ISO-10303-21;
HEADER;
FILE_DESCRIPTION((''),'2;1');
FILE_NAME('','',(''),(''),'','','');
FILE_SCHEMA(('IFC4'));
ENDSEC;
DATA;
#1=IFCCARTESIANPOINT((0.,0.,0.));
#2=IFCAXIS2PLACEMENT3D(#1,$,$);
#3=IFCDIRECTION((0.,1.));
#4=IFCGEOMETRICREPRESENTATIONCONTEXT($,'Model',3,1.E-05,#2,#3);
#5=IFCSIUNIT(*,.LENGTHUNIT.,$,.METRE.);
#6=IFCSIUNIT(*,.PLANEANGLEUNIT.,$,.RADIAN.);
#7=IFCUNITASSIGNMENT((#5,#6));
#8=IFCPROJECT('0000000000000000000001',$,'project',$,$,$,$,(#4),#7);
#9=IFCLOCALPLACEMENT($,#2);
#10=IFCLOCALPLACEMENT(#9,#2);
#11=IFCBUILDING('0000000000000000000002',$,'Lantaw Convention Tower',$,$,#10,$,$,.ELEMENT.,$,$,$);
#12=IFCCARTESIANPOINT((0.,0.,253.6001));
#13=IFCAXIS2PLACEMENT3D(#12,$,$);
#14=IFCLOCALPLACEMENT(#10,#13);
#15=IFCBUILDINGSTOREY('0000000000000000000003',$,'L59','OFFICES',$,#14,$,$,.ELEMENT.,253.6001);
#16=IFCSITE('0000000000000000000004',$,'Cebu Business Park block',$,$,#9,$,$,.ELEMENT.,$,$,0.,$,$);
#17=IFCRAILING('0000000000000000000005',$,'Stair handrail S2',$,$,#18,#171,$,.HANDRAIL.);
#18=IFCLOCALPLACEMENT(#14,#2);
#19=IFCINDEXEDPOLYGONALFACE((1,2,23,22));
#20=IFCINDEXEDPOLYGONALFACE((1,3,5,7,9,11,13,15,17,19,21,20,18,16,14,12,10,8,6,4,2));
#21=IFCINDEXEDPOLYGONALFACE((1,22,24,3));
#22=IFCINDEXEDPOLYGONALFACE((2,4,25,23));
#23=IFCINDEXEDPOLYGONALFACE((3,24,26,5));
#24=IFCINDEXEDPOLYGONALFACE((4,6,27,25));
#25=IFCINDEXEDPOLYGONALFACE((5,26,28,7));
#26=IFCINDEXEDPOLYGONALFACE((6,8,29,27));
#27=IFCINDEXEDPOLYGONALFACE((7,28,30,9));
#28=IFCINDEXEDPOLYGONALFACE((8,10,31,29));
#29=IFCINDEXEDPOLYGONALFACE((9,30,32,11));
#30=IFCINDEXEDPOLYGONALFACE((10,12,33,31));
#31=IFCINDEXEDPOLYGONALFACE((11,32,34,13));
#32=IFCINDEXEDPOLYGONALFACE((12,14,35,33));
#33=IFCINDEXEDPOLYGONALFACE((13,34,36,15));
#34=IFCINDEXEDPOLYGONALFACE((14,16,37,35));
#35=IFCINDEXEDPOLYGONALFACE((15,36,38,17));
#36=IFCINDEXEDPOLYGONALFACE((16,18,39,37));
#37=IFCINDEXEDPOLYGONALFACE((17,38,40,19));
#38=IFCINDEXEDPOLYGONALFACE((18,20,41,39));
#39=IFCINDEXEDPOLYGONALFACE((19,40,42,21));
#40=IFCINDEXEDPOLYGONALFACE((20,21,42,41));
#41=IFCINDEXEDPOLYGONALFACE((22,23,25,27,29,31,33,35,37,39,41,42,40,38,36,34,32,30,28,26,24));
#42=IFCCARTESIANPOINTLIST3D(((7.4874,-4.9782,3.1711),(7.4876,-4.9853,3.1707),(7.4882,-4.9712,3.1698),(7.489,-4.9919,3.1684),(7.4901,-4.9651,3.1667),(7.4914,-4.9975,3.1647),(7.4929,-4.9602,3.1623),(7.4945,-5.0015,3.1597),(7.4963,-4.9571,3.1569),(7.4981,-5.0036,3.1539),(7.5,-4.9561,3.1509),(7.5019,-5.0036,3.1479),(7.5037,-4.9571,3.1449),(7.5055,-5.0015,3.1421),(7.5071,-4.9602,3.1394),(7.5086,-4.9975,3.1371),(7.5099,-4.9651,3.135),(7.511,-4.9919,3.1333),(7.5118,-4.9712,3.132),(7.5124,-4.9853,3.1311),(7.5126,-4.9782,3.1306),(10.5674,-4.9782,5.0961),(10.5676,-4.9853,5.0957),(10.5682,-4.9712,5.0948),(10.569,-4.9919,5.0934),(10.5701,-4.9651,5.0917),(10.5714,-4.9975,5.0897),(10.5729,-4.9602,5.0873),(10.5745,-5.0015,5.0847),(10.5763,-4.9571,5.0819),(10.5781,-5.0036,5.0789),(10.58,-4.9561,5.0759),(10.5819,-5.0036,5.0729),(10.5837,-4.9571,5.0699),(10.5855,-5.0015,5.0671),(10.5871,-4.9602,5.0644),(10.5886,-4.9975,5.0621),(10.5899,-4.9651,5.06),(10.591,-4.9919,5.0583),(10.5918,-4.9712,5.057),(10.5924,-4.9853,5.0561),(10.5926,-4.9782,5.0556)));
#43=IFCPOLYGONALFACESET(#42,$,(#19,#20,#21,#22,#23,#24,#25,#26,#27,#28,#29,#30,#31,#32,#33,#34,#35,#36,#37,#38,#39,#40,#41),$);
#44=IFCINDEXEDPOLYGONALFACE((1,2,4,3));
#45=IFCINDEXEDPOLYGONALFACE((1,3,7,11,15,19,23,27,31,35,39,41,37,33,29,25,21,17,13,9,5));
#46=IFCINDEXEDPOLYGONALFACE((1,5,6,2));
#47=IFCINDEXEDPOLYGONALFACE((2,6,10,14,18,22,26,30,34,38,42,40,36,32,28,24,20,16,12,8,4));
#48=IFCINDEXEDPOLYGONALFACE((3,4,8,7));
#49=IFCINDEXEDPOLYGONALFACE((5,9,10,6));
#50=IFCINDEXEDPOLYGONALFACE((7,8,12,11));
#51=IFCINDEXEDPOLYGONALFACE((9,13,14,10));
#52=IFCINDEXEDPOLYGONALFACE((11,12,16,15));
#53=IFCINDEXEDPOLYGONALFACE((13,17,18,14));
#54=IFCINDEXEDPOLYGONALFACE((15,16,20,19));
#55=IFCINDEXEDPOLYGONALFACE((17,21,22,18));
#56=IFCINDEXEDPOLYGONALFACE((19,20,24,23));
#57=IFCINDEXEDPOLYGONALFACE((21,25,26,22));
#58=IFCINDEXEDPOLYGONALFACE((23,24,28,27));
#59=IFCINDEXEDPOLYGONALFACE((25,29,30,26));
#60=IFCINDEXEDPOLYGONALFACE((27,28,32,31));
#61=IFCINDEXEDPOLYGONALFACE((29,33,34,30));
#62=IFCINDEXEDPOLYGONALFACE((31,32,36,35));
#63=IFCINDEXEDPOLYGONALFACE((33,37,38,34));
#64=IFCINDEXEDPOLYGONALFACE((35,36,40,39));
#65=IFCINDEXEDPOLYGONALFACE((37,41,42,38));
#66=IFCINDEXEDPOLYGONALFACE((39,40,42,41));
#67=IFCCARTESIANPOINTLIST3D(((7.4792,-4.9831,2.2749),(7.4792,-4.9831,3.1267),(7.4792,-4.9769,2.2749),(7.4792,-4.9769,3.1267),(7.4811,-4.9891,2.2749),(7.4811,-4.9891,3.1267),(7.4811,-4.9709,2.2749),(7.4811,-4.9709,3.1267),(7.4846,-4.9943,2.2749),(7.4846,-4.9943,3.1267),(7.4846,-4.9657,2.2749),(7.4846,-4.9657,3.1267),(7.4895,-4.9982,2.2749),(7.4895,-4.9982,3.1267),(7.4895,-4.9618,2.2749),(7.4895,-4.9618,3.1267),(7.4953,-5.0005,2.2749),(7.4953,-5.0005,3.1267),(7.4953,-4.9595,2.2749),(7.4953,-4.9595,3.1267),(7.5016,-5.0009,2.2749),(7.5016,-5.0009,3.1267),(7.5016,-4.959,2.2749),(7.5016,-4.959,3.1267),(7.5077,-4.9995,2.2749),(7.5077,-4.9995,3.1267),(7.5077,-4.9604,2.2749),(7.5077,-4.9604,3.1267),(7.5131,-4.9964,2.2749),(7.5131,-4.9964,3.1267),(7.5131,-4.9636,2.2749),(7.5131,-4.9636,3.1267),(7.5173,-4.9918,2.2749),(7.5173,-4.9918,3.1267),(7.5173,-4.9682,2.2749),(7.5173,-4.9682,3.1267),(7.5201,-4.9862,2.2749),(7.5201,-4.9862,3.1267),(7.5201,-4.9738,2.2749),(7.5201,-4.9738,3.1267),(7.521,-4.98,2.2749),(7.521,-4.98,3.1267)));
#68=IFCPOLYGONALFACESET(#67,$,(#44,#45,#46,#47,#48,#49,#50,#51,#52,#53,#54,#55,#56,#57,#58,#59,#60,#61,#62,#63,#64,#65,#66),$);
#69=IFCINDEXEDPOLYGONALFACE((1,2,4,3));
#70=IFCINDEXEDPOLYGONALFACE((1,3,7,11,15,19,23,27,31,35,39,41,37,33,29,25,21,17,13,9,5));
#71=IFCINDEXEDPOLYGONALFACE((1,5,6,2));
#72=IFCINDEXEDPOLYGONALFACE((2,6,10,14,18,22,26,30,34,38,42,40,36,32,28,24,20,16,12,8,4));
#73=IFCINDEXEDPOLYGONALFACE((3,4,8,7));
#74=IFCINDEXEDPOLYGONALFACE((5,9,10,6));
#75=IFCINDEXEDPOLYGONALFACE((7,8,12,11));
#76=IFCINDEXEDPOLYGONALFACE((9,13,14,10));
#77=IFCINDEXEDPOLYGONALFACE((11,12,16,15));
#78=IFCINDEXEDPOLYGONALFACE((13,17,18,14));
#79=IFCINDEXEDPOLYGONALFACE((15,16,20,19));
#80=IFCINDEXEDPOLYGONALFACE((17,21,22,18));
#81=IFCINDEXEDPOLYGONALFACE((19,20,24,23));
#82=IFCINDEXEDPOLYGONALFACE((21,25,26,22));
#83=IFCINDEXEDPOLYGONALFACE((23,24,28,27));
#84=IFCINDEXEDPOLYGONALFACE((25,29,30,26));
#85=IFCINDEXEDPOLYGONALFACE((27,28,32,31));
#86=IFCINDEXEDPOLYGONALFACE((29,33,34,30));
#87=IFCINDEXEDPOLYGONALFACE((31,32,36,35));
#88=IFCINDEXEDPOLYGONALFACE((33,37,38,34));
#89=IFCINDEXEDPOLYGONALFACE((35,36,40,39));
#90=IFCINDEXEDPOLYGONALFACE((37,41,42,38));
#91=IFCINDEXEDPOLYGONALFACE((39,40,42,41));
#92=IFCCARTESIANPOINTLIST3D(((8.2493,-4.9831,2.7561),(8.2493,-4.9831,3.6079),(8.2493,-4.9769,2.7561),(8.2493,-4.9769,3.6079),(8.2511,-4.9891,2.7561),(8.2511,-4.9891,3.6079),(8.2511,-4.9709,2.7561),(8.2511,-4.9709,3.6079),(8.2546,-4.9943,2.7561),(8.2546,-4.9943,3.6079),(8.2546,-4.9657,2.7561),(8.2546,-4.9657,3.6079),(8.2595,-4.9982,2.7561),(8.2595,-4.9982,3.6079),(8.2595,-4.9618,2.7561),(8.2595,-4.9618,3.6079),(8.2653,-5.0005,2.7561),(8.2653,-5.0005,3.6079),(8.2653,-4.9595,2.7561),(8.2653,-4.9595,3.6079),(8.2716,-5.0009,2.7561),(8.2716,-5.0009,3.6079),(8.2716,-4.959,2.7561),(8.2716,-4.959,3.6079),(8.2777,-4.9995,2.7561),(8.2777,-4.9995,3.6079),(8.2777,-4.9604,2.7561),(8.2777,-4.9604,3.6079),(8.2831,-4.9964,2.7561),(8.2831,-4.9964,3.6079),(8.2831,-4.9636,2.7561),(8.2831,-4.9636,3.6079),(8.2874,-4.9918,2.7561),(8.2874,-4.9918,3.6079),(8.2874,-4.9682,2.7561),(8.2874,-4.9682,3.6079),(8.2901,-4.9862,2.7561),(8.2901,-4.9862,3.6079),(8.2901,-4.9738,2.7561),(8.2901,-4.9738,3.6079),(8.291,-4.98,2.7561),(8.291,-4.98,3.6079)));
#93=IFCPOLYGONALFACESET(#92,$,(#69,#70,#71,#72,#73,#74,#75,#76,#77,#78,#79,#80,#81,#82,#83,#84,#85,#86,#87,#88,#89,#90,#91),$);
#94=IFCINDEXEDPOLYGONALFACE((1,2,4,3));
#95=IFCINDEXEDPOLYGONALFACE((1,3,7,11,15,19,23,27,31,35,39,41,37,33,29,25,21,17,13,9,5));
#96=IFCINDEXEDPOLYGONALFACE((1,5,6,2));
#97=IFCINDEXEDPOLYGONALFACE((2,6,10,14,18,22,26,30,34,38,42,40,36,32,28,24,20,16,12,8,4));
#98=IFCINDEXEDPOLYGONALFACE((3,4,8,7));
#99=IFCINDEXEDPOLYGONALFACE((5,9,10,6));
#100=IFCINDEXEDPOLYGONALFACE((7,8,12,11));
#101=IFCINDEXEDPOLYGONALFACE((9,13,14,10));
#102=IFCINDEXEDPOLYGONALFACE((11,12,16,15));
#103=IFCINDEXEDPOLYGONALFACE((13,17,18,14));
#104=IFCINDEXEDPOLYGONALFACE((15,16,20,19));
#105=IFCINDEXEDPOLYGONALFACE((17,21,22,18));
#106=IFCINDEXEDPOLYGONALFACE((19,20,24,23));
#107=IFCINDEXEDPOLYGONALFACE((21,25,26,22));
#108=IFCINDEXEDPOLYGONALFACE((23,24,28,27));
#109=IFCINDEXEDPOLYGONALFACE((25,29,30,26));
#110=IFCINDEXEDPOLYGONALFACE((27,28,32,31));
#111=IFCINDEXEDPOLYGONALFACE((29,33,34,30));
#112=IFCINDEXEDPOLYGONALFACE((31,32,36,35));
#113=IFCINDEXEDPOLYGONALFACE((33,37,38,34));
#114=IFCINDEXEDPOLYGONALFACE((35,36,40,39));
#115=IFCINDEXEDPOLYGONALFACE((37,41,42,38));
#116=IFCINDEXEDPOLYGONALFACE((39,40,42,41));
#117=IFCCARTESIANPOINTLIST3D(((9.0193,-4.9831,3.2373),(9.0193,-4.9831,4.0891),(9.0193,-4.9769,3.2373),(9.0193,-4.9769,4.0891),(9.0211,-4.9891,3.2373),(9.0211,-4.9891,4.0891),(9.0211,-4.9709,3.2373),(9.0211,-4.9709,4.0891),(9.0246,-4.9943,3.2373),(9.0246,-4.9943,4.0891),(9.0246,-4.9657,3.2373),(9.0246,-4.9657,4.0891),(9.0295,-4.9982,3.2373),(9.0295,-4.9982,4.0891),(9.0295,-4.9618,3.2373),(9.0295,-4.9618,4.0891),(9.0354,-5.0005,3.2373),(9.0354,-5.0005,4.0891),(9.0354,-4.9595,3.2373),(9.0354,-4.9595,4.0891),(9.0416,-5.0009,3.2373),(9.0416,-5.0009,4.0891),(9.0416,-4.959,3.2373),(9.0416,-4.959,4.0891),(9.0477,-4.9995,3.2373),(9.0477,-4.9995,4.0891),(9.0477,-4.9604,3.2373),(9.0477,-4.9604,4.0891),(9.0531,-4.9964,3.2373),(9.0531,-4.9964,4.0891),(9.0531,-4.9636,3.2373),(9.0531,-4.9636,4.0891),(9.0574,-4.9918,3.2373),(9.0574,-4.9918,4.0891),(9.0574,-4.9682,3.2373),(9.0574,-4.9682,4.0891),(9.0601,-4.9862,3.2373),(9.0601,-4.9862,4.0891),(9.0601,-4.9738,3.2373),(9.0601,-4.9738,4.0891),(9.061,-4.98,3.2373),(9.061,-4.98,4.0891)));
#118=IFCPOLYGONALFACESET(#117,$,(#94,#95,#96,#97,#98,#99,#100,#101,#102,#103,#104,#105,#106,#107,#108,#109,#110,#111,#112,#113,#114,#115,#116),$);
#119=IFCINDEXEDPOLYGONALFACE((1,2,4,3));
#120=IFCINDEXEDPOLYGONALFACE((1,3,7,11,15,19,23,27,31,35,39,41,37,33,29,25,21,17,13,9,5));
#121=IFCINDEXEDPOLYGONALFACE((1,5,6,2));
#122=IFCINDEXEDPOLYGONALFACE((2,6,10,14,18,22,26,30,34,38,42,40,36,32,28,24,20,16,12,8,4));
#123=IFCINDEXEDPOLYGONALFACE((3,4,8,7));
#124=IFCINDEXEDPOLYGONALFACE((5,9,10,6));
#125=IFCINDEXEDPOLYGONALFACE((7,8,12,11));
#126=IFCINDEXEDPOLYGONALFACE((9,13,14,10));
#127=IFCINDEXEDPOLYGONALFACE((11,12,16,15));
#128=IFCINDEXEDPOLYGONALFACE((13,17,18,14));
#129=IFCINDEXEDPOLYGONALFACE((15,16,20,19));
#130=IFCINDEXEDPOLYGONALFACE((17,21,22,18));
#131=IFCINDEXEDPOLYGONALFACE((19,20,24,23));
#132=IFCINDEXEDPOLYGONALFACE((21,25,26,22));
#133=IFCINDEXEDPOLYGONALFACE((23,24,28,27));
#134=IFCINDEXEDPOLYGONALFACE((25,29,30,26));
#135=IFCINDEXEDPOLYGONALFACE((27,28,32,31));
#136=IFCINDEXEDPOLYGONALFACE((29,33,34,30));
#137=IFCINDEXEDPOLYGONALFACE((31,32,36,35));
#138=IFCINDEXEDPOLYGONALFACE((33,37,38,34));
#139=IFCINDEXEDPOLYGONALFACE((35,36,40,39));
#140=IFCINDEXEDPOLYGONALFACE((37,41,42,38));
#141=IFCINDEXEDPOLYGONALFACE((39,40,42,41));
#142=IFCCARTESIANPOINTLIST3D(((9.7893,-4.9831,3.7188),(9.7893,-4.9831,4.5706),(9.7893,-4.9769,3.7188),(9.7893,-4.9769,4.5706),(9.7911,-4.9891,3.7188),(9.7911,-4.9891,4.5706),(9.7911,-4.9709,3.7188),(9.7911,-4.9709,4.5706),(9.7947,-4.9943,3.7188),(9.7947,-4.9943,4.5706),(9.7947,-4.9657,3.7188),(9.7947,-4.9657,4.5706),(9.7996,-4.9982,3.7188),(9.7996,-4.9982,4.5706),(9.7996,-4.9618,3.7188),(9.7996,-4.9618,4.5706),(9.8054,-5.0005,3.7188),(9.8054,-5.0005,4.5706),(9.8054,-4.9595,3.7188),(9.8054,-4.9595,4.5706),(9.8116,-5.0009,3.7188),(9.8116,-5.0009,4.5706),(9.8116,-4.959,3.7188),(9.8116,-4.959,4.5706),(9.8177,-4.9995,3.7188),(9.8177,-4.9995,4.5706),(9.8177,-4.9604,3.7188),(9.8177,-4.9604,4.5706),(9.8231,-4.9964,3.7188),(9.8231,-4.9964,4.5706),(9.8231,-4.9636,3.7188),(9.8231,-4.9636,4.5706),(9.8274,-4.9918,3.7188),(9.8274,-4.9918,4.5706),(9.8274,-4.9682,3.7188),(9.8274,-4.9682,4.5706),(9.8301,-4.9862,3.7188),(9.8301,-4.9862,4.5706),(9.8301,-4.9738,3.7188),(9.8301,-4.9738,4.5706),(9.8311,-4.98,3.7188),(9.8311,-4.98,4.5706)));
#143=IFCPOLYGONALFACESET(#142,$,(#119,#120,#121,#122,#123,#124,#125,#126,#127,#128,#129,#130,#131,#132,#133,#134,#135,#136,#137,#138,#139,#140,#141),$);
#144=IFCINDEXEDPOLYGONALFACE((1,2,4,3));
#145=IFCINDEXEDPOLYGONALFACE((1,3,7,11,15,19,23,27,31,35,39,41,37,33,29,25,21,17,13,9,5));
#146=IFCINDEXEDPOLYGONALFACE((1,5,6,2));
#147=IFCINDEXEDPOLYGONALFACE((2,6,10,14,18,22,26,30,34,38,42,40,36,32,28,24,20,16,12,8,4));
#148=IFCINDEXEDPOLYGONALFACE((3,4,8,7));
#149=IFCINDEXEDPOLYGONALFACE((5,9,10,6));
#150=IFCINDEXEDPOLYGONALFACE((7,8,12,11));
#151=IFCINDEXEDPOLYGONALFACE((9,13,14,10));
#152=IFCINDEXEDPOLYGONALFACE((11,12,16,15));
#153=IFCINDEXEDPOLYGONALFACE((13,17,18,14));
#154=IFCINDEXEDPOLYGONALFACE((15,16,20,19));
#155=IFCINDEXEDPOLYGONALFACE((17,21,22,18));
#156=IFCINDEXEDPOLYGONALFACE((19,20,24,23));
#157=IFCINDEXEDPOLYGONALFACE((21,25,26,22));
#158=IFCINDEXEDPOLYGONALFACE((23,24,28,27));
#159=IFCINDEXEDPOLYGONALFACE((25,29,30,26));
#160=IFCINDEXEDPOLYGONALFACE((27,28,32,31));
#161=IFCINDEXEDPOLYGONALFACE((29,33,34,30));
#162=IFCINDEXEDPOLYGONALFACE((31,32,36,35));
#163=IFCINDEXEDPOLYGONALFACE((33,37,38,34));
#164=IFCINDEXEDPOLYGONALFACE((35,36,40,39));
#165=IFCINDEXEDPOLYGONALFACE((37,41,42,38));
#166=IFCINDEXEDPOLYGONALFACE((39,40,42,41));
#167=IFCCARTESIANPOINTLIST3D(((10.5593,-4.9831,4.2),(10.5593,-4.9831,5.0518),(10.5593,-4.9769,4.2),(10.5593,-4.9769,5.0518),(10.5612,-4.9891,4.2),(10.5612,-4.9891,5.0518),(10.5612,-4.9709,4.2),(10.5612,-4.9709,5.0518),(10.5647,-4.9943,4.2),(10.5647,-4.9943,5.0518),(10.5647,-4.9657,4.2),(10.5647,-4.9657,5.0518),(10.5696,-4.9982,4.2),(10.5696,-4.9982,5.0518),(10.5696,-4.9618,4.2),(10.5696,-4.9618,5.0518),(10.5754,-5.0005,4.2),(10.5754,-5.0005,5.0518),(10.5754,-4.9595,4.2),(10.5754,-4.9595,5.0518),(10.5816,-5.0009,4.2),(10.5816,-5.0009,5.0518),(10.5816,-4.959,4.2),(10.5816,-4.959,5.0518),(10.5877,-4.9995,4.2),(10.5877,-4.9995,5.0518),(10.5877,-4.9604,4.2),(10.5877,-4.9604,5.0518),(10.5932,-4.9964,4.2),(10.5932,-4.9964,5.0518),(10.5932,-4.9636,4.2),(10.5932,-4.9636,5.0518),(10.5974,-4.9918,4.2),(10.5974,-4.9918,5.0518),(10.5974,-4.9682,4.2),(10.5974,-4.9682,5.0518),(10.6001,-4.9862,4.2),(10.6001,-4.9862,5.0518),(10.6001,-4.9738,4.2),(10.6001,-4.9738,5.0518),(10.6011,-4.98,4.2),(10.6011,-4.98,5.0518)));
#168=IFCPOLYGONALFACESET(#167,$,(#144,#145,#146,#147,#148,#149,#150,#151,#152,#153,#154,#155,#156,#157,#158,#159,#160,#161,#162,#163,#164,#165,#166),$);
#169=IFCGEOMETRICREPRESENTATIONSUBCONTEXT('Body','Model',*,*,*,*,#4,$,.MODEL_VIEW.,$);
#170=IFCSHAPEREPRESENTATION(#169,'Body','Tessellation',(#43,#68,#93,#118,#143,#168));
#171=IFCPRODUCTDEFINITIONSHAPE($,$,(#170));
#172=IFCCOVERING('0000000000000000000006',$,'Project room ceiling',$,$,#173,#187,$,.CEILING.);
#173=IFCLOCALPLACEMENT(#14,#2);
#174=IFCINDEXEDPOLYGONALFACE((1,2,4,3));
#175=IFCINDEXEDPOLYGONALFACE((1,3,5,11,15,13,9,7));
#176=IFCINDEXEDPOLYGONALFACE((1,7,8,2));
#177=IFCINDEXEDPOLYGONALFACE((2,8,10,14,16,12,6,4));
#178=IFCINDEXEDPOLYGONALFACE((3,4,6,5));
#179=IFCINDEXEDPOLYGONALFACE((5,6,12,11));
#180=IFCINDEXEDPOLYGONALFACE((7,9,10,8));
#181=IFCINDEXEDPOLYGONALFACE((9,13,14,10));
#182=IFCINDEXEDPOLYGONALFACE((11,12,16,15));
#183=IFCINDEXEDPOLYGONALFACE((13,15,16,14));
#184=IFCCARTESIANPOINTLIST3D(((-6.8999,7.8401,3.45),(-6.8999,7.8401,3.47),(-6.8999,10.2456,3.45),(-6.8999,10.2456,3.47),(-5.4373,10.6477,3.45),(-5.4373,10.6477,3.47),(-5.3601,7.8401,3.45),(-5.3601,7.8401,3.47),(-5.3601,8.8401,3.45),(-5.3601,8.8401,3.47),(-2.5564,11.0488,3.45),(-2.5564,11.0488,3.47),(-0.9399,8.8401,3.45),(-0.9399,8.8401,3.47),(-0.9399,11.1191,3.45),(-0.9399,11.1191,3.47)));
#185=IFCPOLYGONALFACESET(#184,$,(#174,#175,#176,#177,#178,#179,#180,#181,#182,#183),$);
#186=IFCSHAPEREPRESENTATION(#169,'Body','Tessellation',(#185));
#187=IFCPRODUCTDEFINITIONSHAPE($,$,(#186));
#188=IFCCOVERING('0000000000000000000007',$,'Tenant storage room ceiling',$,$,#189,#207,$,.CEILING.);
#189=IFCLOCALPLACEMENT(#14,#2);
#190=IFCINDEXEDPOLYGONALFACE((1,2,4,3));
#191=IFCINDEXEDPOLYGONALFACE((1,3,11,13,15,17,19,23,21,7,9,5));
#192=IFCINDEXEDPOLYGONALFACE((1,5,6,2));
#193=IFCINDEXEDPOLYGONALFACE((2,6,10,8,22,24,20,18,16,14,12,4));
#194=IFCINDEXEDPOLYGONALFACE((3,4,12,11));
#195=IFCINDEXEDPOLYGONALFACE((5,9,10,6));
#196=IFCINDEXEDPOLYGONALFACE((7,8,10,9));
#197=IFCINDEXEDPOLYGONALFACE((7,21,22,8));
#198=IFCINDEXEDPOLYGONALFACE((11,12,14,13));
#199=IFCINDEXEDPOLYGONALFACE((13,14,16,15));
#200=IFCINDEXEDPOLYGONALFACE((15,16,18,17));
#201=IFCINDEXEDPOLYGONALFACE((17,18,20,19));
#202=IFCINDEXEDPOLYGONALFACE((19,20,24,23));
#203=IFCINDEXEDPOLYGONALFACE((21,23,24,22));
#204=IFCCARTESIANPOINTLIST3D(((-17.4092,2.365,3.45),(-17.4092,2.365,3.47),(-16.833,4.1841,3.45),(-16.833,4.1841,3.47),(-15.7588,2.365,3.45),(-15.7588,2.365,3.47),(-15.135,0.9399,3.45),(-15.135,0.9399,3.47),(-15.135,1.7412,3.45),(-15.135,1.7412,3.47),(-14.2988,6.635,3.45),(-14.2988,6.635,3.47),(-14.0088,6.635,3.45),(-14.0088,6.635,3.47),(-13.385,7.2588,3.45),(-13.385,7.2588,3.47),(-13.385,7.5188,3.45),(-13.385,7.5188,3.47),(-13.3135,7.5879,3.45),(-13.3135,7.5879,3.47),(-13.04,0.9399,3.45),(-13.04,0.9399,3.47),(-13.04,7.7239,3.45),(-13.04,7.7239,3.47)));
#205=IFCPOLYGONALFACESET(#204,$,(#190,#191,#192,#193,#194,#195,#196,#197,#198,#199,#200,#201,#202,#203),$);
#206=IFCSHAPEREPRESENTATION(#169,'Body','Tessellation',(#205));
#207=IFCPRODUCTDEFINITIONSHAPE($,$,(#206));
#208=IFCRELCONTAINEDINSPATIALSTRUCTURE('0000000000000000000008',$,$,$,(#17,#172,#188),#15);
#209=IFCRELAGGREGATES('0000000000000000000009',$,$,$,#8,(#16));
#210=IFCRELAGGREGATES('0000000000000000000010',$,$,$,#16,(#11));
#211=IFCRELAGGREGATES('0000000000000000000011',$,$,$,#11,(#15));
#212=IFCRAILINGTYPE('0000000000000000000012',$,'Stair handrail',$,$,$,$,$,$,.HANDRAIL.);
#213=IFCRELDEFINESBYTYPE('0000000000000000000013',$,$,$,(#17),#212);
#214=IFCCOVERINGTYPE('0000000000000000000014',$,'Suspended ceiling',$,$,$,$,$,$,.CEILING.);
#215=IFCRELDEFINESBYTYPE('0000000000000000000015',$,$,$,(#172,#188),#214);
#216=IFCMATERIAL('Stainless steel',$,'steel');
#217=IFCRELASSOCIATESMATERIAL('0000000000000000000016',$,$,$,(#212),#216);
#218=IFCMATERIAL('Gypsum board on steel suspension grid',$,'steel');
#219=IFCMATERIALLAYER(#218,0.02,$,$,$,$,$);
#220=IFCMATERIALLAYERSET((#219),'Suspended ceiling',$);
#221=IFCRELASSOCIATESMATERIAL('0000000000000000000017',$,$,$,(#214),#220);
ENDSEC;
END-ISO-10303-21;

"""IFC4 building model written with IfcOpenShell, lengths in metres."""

from ifc_helpers import new_model, si_unit, direction, frame, origin, origin_2d, place, context, subcontext, project, spatial, polyline, circle, outline, extrude, material, layer, layer_set, type_object, element, save


model = new_model("IFC4")

# Units and contexts
model_context = context("Model", 3, precision=1e-05, world=origin(), true_north=direction((0.0, 1.0)))
body_context = subcontext(model_context, "Body", "Model", "MODEL_VIEW")
ifc_project = project(units=[si_unit("LENGTHUNIT", "METRE"), si_unit("PLANEANGLEUNIT", "RADIAN")], contexts=[model_context])

# Site, building, storey
site_placement = place(None, origin())
site = spatial("IfcSite", under=ifc_project, at=site_placement, Name="Cebu Business Park block", CompositionType="ELEMENT", RefElevation=0.0)
building_placement = place(site_placement, origin())
building = spatial("IfcBuilding", under=site, at=building_placement, Name="Lantaw Convention Tower", CompositionType="ELEMENT")
storey_placement = place(building_placement, frame((0.0, 0.0, 253.6001)))
storey = spatial("IfcBuildingStorey", under=building, at=storey_placement, Name="L59", Description="OFFICES", CompositionType="ELEMENT", Elevation=253.6001)

# Railing
ifc_material_1 = material(Name="Stainless steel", Category="steel")
railing_type = type_object("IfcRailingType", Name="Stair handrail", PredefinedType="HANDRAIL", material=ifc_material_1)
railing_1_placement = place(storey_placement, frame((7.5, -4.98, 2.2749)))
element("IfcRailing", 1, at=railing_1_placement, inside=storey, type_object=railing_type, Name="Stair handrail S2", PredefinedType="HANDRAIL", context=body_context, shape_type="SweptSolid", body=[
    extrude(circle(Radius=0.0239, at=origin_2d()), frame((0.0, 0.0, 0.876), z_axis=(0.847998, 0.0, 0.529999), x_axis=(0.0, 1.0, 0.0)), (0.0, 0.0, 1.0), 3.6321),
    extrude(circle(Radius=0.021, at=origin_2d()), origin(), (0.0, 0.0, 1.0), 0.8518),
    extrude(circle(Radius=0.021, at=origin_2d()), frame((0.77, 0.0, 0.4812)), (0.0, 0.0, 1.0), 0.8518),
    extrude(circle(Radius=0.021, at=origin_2d()), frame((1.54, 0.0, 0.9624)), (0.0, 0.0, 1.0), 0.8518),
    extrude(circle(Radius=0.021, at=origin_2d()), frame((2.3101, 0.0, 1.4438)), (0.0, 0.0, 1.0), 0.8518),
    extrude(circle(Radius=0.021, at=origin_2d()), frame((3.0801, 0.0, 1.925)), (0.0, 0.0, 1.0), 0.8518),
])

# Coverings
ifc_material_2 = material(Name="Gypsum board on steel suspension grid", Category="steel")
ifc_layer_1 = layer(ifc_material_2, 0.02)
ifc_layer_set_1 = layer_set([ifc_layer_1], Name="Suspended ceiling")
covering_type = type_object("IfcCoveringType", Name="Suspended ceiling", PredefinedType="CEILING", material=ifc_layer_set_1)
covering_1_placement = place(storey_placement, frame((0.0, 0.0, 3.45)))
element("IfcCovering", 2, at=covering_1_placement, inside=storey, type_object=covering_type, Name="Project room ceiling", PredefinedType="CEILING", context=body_context, shape_type="SweptSolid", body=[
    extrude(outline(polyline([(-5.4373, 10.6477), (-6.8999, 10.2456), (-6.8999, 7.8401), (-5.3601, 7.8401), (-5.3601, 8.8401), (-0.9399, 8.8401), (-0.9399, 11.1191), (-2.5564, 11.0488), (-5.4373, 10.6477)])), origin(), (0.0, 0.0, 1.0), 0.02),
])
covering_2_placement = place(storey_placement, frame((0.0, 0.0, 3.45)))
element("IfcCovering", 3, at=covering_2_placement, inside=storey, type_object=covering_type, Name="Tenant storage room ceiling", PredefinedType="CEILING", context=body_context, shape_type="SweptSolid", body=[
    extrude(outline(polyline([(-15.135, 1.7412), (-15.135, 0.9399), (-13.04, 0.9399), (-13.04, 7.7239), (-13.3135, 7.5879), (-13.385, 7.5188), (-13.385, 7.2588), (-14.0088, 6.635), (-14.2988, 6.635), (-16.833, 4.1841), (-17.4092, 2.365), (-15.7588, 2.365), (-15.135, 1.7412)])), origin(), (0.0, 0.0, 1.0), 0.02),
])

save(model, "model.ifc")
